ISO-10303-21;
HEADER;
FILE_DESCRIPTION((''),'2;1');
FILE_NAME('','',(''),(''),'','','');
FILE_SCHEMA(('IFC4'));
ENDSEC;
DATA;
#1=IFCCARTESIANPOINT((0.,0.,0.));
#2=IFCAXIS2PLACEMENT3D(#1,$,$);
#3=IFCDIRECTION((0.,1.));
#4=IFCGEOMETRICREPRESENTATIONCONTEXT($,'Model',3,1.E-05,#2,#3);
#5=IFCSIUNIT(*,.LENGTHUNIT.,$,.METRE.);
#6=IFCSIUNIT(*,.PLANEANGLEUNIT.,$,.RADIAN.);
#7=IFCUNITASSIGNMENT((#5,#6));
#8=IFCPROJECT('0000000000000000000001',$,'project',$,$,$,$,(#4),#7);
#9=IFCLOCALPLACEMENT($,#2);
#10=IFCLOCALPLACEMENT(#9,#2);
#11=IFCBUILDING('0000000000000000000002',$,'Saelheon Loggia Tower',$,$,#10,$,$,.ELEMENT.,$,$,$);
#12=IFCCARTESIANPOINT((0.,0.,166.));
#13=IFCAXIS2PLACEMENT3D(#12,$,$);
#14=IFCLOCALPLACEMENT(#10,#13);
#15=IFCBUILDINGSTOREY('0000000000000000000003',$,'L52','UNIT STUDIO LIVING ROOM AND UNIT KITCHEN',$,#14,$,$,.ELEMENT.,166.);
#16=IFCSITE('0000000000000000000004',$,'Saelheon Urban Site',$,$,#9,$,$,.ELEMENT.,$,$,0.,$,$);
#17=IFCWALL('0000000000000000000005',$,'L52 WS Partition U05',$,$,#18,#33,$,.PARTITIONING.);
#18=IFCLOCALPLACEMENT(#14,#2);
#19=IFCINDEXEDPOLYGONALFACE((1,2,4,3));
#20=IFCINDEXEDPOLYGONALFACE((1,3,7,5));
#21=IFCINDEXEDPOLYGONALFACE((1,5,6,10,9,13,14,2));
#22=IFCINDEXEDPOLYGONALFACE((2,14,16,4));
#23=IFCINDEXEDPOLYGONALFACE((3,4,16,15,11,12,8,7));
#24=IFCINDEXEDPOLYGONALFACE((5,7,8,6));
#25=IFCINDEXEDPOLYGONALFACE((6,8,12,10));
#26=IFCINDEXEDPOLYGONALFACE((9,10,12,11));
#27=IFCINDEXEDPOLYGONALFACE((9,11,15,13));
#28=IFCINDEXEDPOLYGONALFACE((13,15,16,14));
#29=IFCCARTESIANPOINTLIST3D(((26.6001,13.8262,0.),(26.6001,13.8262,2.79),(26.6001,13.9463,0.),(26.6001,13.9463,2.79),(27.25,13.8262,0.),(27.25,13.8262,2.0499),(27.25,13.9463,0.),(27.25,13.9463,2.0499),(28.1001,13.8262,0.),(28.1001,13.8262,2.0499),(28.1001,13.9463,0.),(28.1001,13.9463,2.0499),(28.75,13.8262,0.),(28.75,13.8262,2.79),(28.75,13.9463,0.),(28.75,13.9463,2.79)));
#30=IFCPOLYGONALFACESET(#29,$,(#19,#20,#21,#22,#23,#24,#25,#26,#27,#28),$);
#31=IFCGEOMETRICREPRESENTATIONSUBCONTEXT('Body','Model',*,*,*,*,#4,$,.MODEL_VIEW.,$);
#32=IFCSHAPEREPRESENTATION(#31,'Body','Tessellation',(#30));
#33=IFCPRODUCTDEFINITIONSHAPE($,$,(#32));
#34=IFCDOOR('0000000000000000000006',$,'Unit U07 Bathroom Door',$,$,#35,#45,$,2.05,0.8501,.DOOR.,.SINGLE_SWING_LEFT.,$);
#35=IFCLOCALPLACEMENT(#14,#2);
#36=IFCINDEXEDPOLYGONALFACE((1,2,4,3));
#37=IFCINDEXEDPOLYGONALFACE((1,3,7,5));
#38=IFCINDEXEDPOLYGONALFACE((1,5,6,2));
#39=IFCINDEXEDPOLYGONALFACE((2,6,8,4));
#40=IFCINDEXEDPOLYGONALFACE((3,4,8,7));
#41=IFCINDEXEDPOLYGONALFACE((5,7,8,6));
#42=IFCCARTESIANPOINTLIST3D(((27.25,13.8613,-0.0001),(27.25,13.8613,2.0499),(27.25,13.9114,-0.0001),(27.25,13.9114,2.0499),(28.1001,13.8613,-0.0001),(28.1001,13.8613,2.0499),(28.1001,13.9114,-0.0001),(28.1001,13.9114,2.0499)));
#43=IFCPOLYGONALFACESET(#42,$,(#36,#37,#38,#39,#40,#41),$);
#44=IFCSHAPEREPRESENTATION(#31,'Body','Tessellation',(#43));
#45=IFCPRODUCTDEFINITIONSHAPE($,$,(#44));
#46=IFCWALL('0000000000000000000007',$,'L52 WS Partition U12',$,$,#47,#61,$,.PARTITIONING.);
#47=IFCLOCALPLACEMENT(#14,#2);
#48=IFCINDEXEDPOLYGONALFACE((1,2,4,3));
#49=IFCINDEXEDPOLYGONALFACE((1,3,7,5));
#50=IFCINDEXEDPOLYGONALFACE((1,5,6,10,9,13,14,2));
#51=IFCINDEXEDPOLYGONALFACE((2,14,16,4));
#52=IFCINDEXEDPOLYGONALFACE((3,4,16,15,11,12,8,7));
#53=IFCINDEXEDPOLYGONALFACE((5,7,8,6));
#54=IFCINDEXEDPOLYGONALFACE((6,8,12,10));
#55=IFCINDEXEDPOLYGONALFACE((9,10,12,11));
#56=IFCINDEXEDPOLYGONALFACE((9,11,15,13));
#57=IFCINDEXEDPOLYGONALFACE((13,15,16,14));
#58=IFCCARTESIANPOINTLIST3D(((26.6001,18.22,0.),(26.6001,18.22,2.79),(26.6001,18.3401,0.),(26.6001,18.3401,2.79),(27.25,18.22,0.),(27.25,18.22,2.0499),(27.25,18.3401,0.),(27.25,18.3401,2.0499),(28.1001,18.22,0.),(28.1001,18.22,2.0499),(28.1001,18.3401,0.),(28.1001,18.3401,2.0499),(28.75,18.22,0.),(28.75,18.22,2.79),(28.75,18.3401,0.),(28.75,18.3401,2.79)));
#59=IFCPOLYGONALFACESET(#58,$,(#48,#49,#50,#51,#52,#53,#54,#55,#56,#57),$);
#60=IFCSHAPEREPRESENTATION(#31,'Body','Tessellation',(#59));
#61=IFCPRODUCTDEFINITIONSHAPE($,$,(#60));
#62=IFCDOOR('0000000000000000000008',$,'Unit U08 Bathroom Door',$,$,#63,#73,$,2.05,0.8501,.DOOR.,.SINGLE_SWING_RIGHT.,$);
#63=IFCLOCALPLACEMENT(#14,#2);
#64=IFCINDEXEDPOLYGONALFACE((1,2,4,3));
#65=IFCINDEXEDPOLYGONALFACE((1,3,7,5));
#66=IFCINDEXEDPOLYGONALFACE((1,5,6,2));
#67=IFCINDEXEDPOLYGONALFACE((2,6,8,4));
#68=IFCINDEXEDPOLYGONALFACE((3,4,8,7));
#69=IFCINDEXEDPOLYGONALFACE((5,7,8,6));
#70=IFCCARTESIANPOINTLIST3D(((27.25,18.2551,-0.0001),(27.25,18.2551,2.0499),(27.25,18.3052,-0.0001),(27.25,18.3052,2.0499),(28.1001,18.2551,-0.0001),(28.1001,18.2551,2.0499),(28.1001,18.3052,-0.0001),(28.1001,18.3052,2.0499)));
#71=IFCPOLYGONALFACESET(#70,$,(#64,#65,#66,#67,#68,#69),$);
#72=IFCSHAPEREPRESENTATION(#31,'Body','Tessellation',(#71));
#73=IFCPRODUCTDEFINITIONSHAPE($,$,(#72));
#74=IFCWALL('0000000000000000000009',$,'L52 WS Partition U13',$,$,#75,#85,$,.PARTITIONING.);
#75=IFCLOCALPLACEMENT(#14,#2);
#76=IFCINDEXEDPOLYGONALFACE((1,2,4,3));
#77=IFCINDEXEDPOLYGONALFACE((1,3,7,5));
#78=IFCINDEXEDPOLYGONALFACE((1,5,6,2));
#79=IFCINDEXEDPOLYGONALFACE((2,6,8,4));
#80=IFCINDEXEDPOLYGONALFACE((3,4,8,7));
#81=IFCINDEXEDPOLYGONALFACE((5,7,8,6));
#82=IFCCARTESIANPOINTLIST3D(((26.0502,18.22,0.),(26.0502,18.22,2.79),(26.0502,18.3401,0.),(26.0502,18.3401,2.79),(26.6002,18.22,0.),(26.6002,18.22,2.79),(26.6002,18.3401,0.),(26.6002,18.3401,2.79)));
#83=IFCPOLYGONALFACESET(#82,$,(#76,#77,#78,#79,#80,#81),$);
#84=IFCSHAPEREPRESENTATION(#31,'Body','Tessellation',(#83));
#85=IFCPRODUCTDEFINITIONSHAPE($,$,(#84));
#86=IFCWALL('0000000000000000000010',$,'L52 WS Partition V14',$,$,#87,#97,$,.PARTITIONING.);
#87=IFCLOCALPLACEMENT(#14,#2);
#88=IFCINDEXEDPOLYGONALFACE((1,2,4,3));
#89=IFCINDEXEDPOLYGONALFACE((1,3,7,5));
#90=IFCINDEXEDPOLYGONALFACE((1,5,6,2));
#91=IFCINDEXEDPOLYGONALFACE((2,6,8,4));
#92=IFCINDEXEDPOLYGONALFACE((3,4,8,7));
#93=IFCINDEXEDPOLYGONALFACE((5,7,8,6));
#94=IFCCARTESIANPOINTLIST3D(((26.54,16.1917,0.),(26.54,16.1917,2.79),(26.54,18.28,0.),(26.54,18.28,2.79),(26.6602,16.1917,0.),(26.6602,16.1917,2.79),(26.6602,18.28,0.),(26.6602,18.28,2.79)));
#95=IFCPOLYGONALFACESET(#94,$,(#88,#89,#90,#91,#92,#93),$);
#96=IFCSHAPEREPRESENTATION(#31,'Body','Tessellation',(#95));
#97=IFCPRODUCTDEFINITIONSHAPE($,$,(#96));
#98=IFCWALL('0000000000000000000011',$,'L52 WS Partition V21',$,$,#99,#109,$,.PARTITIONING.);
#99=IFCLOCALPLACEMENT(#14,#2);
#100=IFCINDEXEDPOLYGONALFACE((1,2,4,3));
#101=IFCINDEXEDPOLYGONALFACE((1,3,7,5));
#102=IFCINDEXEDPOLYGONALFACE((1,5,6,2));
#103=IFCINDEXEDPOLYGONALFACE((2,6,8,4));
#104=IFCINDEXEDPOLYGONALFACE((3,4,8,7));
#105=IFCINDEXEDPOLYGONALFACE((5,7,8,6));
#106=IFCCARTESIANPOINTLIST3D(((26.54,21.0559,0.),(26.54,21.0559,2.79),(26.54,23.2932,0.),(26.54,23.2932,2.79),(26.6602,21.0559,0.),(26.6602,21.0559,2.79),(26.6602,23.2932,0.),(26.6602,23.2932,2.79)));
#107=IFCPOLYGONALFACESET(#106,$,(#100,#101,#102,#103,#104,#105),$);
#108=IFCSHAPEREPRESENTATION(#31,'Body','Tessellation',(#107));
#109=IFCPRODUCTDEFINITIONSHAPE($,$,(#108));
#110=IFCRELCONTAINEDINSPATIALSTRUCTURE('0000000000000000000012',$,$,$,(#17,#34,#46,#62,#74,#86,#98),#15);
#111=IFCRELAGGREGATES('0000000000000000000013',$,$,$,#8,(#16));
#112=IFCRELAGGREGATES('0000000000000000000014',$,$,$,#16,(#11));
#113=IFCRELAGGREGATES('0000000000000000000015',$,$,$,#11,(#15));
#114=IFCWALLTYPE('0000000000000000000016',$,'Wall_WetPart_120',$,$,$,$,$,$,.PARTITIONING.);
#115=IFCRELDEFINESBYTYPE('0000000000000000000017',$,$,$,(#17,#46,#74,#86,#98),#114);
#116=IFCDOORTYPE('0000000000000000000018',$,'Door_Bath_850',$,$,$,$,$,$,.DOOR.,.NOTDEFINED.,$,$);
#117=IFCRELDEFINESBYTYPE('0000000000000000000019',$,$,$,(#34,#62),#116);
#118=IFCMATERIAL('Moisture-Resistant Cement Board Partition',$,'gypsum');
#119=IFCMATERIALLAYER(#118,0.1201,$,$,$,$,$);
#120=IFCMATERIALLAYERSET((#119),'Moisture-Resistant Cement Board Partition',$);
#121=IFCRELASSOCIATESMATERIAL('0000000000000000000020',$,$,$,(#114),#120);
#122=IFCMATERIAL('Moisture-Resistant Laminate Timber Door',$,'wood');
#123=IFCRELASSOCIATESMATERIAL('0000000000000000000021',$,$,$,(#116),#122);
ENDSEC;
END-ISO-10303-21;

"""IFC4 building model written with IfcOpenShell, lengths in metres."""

from ifc_helpers import new_model, si_unit, direction, frame, frame_2d, origin, place, context, subcontext, project, spatial, rectangle, extrude, source, transform, mapped, material, layer, layer_set, type_object, element, fill, save


model = new_model("IFC4")

# Units and contexts
model_context = context("Model", 3, precision=1e-05, world=origin(), true_north=direction((0.0, 1.0)))
body_context = subcontext(model_context, "Body", "Model", "MODEL_VIEW")
ifc_project = project(units=[si_unit("LENGTHUNIT", "METRE"), si_unit("PLANEANGLEUNIT", "RADIAN")], contexts=[model_context])

# Site, building, storey
site_placement = place(None, origin())
site = spatial("IfcSite", under=ifc_project, at=site_placement, Name="Saelheon Urban Site", CompositionType="ELEMENT", RefElevation=0.0)
building_placement = place(site_placement, origin())
building = spatial("IfcBuilding", under=site, at=building_placement, Name="Saelheon Loggia Tower", CompositionType="ELEMENT")
storey_placement = place(building_placement, frame((0.0, 0.0, 166.0)))
storey = spatial("IfcBuildingStorey", under=building, at=storey_placement, Name="L52", Description="UNIT STUDIO LIVING ROOM AND UNIT KITCHEN", CompositionType="ELEMENT", Elevation=166.0)

# Walls, openings, doors
ifc_material_1 = material(Name="Moisture-Resistant Cement Board Partition", Category="gypsum")
ifc_layer_1 = layer(ifc_material_1, 0.1201)
ifc_layer_set_1 = layer_set([ifc_layer_1], Name="Moisture-Resistant Cement Board Partition")
wall_type_1 = type_object("IfcWallType", Name="Wall_WetPart_120", PredefinedType="PARTITIONING", material=ifc_layer_set_1)
wall_1_placement = place(storey_placement, frame((28.75, 13.8862, 0.0), z_axis=(0.0, 0.0, 1.0), x_axis=(-1.0, 0.0, 0.0)))
wall_1 = element("IfcWall", 1, at=wall_1_placement, inside=storey, type_object=wall_type_1, Name="L52 WS Partition U05", PredefinedType="PARTITIONING", context=body_context, shape_type="SweptSolid", body=[
    extrude(rectangle(XDim=2.1499, YDim=0.1201, at=frame_2d((1.075, 0.0))), origin(), (0.0, 0.0, 1.0), 2.79),
])
opening_1_placement = place(wall_1_placement, frame((0.6499, 0.0, 0.0)))
opening_1 = element("IfcOpeningElement", 2, at=opening_1_placement, cuts=wall_1, PredefinedType="OPENING", context=body_context, shape_type="SweptSolid", body=[
    extrude(rectangle(XDim=0.8501, YDim=2.05, at=frame_2d((0.425, 1.0249))), frame((0.0, 0.072, 0.0), z_axis=(0.0, -1.0, 0.0), x_axis=(1.0, 0.0, 0.0)), (0.0, 0.0, 1.0), 0.144),
])
ifc_material_2 = material(Name="Moisture-Resistant Laminate Timber Door", Category="wood")
door_type_1 = type_object("IfcDoorType", Name="Door_Bath_850", OperationType="NOTDEFINED", PredefinedType="DOOR", material=ifc_material_2)
shared_shape_1 = source(origin(), body_context, "Body", "SweptSolid", [
    extrude(rectangle(XDim=0.8501, YDim=2.05, at=frame_2d((0.425, 1.0249))), frame((0.0, 0.0249, 0.0), z_axis=(0.0, -1.0, 0.0), x_axis=(1.0, 0.0, 0.0)), (0.0, 0.0, 1.0), 0.05),
])
door_1_placement = place(opening_1_placement, origin())
door_1 = element("IfcDoor", 3, at=door_1_placement, inside=storey, type_object=door_type_1, Name="Unit U07 Bathroom Door", OperationType="SINGLE_SWING_LEFT", OverallHeight=2.05, OverallWidth=0.8501, PredefinedType="DOOR", context=body_context, shape_type="MappedRepresentation", body=[
    mapped(shared_shape_1, transform((0.0, 0.0, 0.0), scale=1.0)),
])
fill(opening_1, door_1)
wall_2_placement = place(storey_placement, frame((28.75, 18.28, 0.0), z_axis=(0.0, 0.0, 1.0), x_axis=(-1.0, 0.0, 0.0)))
wall_2 = element("IfcWall", 4, at=wall_2_placement, inside=storey, type_object=wall_type_1, Name="L52 WS Partition U12", PredefinedType="PARTITIONING", context=body_context, shape_type="SweptSolid", body=[
    extrude(rectangle(XDim=2.1499, YDim=0.1201, at=frame_2d((1.075, 0.0))), origin(), (0.0, 0.0, 1.0), 2.79),
])
opening_2_placement = place(wall_2_placement, frame((0.6499, 0.0, 0.0)))
opening_2 = element("IfcOpeningElement", 5, at=opening_2_placement, cuts=wall_2, PredefinedType="OPENING", context=body_context, shape_type="SweptSolid", body=[
    extrude(rectangle(XDim=0.8501, YDim=2.05, at=frame_2d((0.425, 1.0249))), frame((0.0, 0.072, 0.0), z_axis=(0.0, -1.0, 0.0), x_axis=(1.0, 0.0, 0.0)), (0.0, 0.0, 1.0), 0.144),
])
door_2_placement = place(opening_2_placement, origin())
door_2 = element("IfcDoor", 6, at=door_2_placement, inside=storey, type_object=door_type_1, Name="Unit U08 Bathroom Door", OperationType="SINGLE_SWING_RIGHT", OverallHeight=2.05, OverallWidth=0.8501, PredefinedType="DOOR", context=body_context, shape_type="MappedRepresentation", body=[
    mapped(shared_shape_1, transform((0.0, 0.0, 0.0), scale=1.0)),
])
fill(opening_2, door_2)

# Walls
wall_3_placement = place(storey_placement, frame((26.6001, 18.28, 0.0), z_axis=(0.0, 0.0, 1.0), x_axis=(-1.0, 0.0, 0.0)))
element("IfcWall", 7, at=wall_3_placement, inside=storey, type_object=wall_type_1, Name="L52 WS Partition U13", PredefinedType="PARTITIONING", context=body_context, shape_type="SweptSolid", body=[
    extrude(rectangle(XDim=0.55, YDim=0.1201, at=frame_2d((0.2749, 0.0))), origin(), (0.0, 0.0, 1.0), 2.79),
])
wall_4_placement = place(storey_placement, frame((26.6001, 16.1917, 0.0), z_axis=(0.0, 0.0, 1.0), x_axis=(0.0, 1.0, 0.0)))
element("IfcWall", 8, at=wall_4_placement, inside=storey, type_object=wall_type_1, Name="L52 WS Partition V14", PredefinedType="PARTITIONING", context=body_context, shape_type="SweptSolid", body=[
    extrude(rectangle(XDim=2.0884, YDim=0.1201, at=frame_2d((1.0442, 0.0))), origin(), (0.0, 0.0, 1.0), 2.79),
])
wall_5_placement = place(storey_placement, frame((26.6001, 21.0559, 0.0), z_axis=(0.0, 0.0, 1.0), x_axis=(0.0, 1.0, 0.0)))
element("IfcWall", 9, at=wall_5_placement, inside=storey, type_object=wall_type_1, Name="L52 WS Partition V21", PredefinedType="PARTITIONING", context=body_context, shape_type="SweptSolid", body=[
    extrude(rectangle(XDim=2.2373, YDim=0.1201, at=frame_2d((1.1187, 0.0))), origin(), (0.0, 0.0, 1.0), 2.79),
])

save(model, "model.ifc")
